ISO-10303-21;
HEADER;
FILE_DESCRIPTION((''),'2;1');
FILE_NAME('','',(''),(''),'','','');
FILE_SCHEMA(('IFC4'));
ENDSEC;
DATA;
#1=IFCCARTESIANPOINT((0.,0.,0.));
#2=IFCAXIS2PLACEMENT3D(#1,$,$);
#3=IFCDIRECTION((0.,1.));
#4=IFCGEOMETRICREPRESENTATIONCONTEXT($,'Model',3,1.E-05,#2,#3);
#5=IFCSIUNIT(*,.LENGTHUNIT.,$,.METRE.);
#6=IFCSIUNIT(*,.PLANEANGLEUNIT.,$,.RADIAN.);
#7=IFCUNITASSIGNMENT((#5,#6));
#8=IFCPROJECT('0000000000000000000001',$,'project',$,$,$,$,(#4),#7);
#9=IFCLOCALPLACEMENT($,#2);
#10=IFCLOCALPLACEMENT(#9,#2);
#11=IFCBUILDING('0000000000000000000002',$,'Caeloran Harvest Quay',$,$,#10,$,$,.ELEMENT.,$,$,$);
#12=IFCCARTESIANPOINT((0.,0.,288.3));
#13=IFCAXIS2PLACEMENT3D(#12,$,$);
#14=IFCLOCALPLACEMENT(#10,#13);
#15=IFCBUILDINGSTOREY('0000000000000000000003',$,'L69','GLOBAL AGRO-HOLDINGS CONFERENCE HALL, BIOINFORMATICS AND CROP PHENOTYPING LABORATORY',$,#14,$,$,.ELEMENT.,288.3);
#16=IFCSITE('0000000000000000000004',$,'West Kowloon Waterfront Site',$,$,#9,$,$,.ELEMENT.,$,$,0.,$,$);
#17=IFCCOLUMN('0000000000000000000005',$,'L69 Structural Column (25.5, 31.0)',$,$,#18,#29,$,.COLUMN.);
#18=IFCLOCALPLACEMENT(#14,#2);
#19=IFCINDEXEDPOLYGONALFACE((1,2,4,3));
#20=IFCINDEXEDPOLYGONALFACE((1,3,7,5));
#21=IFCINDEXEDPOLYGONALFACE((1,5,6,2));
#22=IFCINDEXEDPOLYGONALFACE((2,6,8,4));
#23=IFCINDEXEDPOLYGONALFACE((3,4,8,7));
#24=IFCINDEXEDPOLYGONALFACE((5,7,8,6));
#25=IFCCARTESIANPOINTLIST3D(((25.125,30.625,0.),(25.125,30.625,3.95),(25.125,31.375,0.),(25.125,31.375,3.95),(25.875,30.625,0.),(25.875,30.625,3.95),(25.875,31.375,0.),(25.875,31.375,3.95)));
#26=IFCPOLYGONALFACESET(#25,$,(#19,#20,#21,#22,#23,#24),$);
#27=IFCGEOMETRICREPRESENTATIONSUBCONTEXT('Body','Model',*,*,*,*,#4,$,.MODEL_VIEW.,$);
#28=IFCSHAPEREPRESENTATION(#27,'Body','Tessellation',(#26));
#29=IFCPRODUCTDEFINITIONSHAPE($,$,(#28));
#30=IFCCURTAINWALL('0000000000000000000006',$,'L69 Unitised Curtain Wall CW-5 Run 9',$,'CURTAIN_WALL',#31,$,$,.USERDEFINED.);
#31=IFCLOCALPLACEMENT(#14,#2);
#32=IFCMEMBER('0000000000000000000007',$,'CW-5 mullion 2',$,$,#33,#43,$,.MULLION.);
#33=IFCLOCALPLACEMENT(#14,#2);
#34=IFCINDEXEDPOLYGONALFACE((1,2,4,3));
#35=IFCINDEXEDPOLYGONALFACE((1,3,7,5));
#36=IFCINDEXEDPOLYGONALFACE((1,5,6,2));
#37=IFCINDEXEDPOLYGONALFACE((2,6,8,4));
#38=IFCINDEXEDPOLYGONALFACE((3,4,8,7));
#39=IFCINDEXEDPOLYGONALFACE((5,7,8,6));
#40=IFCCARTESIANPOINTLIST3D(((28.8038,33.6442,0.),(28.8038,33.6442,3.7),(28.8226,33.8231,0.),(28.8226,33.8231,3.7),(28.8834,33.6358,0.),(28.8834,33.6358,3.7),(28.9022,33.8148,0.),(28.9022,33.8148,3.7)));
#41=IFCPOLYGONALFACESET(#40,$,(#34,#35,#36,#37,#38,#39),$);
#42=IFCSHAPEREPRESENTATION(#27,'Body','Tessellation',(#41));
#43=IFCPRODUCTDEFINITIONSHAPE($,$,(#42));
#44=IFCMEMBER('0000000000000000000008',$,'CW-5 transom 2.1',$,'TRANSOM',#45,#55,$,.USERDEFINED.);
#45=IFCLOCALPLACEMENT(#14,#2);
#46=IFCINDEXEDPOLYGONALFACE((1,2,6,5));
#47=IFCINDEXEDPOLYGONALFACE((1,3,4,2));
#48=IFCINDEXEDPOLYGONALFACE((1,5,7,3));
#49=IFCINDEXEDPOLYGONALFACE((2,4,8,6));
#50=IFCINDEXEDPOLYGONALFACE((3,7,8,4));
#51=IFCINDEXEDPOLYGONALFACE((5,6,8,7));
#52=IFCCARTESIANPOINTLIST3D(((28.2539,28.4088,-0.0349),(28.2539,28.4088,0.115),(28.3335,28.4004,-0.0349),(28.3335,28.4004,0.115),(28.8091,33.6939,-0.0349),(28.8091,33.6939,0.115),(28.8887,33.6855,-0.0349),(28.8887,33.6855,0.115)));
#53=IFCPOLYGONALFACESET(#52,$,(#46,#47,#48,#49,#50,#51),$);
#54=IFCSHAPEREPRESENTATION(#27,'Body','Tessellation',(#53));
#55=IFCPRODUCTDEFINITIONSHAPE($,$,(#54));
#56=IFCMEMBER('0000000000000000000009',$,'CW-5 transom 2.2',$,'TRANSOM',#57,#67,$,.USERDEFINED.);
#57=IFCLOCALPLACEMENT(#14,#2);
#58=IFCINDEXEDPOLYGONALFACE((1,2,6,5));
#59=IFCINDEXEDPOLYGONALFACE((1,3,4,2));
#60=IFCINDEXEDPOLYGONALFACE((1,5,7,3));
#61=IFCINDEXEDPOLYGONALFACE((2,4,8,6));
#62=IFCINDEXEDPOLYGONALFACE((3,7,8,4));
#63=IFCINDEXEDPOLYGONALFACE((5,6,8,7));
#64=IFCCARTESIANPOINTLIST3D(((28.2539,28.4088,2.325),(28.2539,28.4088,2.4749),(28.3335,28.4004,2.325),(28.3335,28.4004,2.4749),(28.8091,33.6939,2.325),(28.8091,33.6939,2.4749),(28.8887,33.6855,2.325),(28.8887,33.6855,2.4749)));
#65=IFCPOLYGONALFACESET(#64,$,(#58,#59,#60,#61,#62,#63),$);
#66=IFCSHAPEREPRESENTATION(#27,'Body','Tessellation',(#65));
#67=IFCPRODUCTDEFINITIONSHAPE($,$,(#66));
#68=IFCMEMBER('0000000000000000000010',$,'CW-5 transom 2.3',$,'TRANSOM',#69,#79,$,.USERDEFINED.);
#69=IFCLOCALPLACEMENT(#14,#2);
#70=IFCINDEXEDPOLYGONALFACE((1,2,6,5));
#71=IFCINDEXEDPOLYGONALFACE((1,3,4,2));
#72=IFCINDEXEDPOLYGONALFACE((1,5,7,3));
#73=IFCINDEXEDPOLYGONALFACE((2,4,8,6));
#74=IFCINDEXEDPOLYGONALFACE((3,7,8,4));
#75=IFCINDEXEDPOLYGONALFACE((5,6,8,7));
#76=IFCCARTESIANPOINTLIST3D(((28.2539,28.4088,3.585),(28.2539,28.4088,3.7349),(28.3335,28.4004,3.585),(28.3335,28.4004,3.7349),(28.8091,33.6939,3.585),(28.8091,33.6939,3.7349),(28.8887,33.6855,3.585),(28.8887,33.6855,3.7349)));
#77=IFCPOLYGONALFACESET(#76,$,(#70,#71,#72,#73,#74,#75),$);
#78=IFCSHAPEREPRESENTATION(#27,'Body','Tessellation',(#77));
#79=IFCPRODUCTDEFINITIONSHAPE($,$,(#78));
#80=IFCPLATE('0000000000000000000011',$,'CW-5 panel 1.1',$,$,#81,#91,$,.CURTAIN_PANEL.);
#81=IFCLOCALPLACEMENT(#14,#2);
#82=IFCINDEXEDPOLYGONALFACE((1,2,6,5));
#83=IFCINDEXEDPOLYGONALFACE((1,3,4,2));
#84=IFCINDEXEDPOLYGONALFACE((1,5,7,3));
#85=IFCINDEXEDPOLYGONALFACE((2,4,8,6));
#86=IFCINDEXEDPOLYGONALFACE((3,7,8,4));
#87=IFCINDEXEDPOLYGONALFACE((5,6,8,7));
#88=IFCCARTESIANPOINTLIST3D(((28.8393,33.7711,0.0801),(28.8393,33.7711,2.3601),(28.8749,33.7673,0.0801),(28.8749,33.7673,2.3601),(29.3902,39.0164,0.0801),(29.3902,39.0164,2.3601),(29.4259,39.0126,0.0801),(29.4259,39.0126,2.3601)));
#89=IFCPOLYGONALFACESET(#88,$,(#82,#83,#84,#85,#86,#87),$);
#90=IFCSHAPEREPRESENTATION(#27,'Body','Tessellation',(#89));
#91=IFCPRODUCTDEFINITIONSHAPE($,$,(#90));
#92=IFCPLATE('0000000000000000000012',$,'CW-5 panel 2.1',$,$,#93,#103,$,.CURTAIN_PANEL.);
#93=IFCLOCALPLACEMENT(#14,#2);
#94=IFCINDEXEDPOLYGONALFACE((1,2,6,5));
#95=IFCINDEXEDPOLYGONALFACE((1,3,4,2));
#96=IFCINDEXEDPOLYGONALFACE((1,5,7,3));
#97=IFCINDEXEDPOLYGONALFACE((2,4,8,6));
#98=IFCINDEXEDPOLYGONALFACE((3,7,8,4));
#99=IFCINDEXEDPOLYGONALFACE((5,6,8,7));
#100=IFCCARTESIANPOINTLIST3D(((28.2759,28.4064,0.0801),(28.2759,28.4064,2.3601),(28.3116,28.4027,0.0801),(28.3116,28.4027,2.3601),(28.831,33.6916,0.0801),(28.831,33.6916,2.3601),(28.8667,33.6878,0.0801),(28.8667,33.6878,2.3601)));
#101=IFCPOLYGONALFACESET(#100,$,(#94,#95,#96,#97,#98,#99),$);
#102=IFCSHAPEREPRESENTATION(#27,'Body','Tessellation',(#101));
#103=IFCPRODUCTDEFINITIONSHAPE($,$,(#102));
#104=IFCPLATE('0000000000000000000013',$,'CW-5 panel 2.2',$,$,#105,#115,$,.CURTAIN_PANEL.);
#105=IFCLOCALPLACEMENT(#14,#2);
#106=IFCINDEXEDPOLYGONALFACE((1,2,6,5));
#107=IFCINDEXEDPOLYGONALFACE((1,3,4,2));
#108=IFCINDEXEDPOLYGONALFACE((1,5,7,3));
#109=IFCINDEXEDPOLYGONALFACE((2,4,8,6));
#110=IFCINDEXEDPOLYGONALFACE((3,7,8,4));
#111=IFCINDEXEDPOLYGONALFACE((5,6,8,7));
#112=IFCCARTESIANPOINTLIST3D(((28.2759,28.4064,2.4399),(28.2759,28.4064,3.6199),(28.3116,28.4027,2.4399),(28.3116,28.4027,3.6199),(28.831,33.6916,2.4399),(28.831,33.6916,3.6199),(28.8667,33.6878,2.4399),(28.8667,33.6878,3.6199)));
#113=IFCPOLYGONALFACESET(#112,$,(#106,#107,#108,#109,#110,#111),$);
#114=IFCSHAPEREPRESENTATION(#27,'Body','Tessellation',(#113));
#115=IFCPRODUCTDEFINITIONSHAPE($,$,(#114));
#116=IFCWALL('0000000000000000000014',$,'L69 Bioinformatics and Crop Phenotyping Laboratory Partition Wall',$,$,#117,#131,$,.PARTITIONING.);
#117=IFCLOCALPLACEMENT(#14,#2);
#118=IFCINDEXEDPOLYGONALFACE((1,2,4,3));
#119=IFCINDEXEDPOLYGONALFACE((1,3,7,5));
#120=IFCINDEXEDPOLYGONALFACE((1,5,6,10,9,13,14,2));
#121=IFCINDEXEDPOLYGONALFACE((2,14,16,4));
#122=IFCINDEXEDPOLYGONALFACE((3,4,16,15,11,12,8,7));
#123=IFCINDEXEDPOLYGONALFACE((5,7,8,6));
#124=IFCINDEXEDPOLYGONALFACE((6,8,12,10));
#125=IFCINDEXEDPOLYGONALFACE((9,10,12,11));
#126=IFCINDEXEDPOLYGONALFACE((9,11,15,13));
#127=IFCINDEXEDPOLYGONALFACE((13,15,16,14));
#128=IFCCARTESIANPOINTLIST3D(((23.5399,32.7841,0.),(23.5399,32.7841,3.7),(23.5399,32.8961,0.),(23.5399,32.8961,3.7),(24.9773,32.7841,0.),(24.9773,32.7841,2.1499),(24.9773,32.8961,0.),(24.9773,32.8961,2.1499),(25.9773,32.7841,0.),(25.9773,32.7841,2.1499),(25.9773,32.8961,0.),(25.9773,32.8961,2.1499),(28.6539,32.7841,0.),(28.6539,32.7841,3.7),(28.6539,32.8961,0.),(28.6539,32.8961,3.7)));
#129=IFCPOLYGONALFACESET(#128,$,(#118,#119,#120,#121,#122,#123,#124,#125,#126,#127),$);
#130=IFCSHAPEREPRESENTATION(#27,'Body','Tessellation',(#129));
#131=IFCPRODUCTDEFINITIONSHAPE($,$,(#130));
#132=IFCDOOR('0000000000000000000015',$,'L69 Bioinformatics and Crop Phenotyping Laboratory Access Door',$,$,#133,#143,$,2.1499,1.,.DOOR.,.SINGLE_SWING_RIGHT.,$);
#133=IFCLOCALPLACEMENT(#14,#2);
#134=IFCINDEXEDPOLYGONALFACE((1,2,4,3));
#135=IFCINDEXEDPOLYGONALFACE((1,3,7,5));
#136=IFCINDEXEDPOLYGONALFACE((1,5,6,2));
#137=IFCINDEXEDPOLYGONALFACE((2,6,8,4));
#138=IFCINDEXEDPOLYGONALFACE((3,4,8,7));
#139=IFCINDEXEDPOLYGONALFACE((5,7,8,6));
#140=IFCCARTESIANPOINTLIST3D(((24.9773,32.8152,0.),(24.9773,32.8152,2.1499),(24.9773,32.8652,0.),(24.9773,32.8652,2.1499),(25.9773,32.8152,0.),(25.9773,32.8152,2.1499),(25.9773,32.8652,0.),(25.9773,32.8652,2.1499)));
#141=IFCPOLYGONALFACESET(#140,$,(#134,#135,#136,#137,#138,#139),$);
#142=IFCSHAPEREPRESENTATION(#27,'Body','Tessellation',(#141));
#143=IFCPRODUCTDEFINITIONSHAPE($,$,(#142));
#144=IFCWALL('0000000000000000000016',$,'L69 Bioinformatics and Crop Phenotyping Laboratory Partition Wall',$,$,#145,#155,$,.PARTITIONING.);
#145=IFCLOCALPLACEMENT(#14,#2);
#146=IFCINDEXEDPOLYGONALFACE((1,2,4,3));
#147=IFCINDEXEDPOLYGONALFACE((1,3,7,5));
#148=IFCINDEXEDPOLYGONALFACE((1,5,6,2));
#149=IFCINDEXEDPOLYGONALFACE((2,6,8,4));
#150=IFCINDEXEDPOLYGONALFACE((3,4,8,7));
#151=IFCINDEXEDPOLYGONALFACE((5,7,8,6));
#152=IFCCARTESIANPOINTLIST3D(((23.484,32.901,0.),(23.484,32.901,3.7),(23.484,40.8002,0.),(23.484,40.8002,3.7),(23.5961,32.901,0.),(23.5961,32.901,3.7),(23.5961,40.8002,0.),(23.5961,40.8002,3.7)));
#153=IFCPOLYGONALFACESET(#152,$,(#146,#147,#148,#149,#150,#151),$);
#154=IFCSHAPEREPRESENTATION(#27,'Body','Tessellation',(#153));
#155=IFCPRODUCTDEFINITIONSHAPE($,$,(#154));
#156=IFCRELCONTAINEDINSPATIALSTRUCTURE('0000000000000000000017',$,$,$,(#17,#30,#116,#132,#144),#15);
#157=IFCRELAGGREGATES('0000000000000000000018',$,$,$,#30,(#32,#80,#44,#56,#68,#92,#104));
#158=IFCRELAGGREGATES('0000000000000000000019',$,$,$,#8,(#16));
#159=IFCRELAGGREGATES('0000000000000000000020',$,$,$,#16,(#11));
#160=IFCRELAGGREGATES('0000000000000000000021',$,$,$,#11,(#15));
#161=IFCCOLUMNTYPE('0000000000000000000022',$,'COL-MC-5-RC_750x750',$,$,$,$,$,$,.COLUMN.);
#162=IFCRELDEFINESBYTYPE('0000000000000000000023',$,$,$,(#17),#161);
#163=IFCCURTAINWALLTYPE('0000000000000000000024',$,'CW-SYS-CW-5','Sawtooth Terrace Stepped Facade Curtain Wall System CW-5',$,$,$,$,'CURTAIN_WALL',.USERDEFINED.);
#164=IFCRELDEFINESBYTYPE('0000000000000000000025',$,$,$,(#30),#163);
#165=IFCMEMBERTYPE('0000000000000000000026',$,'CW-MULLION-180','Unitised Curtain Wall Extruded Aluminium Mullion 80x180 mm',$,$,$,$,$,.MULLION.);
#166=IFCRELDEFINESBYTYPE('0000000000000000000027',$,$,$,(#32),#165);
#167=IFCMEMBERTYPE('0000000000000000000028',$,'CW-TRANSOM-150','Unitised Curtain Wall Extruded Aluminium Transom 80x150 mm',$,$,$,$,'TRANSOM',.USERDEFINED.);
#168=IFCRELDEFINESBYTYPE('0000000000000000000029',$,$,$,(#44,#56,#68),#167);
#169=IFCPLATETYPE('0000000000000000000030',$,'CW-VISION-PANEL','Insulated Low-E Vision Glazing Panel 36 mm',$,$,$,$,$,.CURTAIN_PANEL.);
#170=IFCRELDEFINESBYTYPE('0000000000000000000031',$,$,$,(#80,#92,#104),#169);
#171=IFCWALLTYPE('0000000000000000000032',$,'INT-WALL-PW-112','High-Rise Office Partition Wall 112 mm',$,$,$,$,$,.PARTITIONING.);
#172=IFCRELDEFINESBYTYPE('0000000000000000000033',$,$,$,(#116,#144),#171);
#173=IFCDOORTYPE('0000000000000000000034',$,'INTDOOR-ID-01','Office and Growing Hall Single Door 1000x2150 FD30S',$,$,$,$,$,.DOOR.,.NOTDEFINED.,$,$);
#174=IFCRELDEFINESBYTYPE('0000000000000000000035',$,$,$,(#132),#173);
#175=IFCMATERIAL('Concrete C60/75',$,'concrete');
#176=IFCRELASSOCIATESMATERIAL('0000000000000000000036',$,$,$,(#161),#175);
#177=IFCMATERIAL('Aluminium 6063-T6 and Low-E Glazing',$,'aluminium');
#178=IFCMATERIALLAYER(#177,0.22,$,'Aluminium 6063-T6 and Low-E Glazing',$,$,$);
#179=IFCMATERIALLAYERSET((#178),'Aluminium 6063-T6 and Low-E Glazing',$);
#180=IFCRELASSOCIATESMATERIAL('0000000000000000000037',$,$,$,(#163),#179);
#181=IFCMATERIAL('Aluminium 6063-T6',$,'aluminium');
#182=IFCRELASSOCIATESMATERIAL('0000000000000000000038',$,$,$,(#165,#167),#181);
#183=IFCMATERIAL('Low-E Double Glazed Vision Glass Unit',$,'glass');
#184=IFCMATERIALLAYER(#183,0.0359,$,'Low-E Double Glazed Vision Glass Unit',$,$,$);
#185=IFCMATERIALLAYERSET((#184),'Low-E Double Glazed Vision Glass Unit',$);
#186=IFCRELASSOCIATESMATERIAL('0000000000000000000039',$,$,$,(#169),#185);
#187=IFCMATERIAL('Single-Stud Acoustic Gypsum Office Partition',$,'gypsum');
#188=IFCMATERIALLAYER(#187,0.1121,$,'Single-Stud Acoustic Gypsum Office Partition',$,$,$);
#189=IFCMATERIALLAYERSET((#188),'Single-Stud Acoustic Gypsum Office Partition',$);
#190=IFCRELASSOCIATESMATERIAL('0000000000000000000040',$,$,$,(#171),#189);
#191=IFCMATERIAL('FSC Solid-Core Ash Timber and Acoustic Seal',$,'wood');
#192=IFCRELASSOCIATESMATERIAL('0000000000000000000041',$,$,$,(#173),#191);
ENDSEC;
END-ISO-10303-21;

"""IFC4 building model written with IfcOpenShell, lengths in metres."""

from ifc_helpers import new_model, si_unit, direction, frame, frame_2d, origin, origin_2d, place, context, subcontext, project, spatial, rectangle, extrude, material, layer, layer_set, material_profile, profile_set, type_object, element, fill, aggregate, save


model = new_model("IFC4")

# Units and contexts
model_context = context("Model", 3, precision=1e-05, world=origin(), true_north=direction((0.0, 1.0)))
body_context = subcontext(model_context, "Body", "Model", "MODEL_VIEW")
ifc_project = project(units=[si_unit("LENGTHUNIT", "METRE"), si_unit("PLANEANGLEUNIT", "RADIAN")], contexts=[model_context])

# Site, building, storey
site_placement = place(None, origin())
site = spatial("IfcSite", under=ifc_project, at=site_placement, Name="West Kowloon Waterfront Site", CompositionType="ELEMENT", RefElevation=0.0)
building_placement = place(site_placement, origin())
building = spatial("IfcBuilding", under=site, at=building_placement, Name="Caeloran Harvest Quay", CompositionType="ELEMENT")
storey_placement = place(building_placement, frame((0.0, 0.0, 288.3)))
storey = spatial("IfcBuildingStorey", under=building, at=storey_placement, Name="L69", Description="GLOBAL AGRO-HOLDINGS CONFERENCE HALL, BIOINFORMATICS AND CROP PHENOTYPING LABORATORY", CompositionType="ELEMENT", Elevation=288.3)

# Column
ifc_material_1 = material(Name="Concrete C60/75", Category="concrete")
ifc_material_profile_1 = material_profile(ifc_material_1, rectangle(XDim=0.75, YDim=0.75, at=origin_2d()), Name="RC 750x750")
ifc_profile_set_1 = profile_set([ifc_material_profile_1], Name="Concrete C60/75")
column_type = type_object("IfcColumnType", Name="COL-MC-5-RC_750x750", PredefinedType="COLUMN", material=ifc_profile_set_1)
column_placement = place(storey_placement, frame((25.5, 31.0, 0.0), z_axis=(0.0, 0.0, 1.0), x_axis=(1.0, 0.0, 0.0)))
element("IfcColumn", 1, at=column_placement, inside=storey, type_object=column_type, Name="L69 Structural Column (25.5, 31.0)", PredefinedType="COLUMN", context=body_context, shape_type="SweptSolid", body=[
    extrude(rectangle(XDim=0.75, YDim=0.75, at=origin_2d()), origin(), (0.0, 0.0, 1.0), 3.95),
])

# Curtain wall, members, plates
ifc_material_2 = material(Name="Aluminium 6063-T6 and Low-E Glazing", Category="aluminium")
ifc_layer_1 = layer(ifc_material_2, 0.22, Name="Aluminium 6063-T6 and Low-E Glazing")
ifc_layer_set_1 = layer_set([ifc_layer_1], Name="Aluminium 6063-T6 and Low-E Glazing")
curtain_wall_type = type_object("IfcCurtainWallType", Name="CW-SYS-CW-5", Description="Sawtooth Terrace Stepped Facade Curtain Wall System CW-5", ElementType="CURTAIN_WALL", PredefinedType="USERDEFINED", material=ifc_layer_set_1)
curtain_wall_placement = place(storey_placement, origin())
curtain_wall = element("IfcCurtainWall", 2, at=curtain_wall_placement, inside=storey, type_object=curtain_wall_type, Name="L69 Unitised Curtain Wall CW-5 Run 9", ObjectType="CURTAIN_WALL", PredefinedType="USERDEFINED")
ifc_material_3 = material(Name="Aluminium 6063-T6", Category="aluminium")
ifc_material_profile_2 = material_profile(ifc_material_3, rectangle(XDim=0.0801, YDim=0.1799, at=origin_2d()), Name="CW-MULLION-180")
ifc_profile_set_2 = profile_set([ifc_material_profile_2], Name="Aluminium 6063-T6")
member_type_1 = type_object("IfcMemberType", Name="CW-MULLION-180", Description="Unitised Curtain Wall Extruded Aluminium Mullion 80x180 mm", PredefinedType="MULLION", material=ifc_profile_set_2)
member_1_placement = place(storey_placement, frame((28.853, 33.7295, 0.0), z_axis=(0.0, 0.0, 1.0), x_axis=(0.994529, -0.10446, 0.0)))
member_1 = element("IfcMember", 3, at=member_1_placement, type_object=member_type_1, Name="CW-5 mullion 2", PredefinedType="MULLION", context=body_context, shape_type="SweptSolid", body=[
    extrude(rectangle(XDim=0.0801, YDim=0.1799, at=origin_2d()), origin(), (0.0, 0.0, 1.0), 3.7),
])
ifc_material_profile_3 = material_profile(ifc_material_3, rectangle(XDim=0.0801, YDim=0.1499, at=origin_2d()), Name="CW-TRANSOM-150")
ifc_profile_set_3 = profile_set([ifc_material_profile_3], Name="Aluminium 6063-T6")
member_type_2 = type_object("IfcMemberType", Name="CW-TRANSOM-150", Description="Unitised Curtain Wall Extruded Aluminium Transom 80x150 mm", ElementType="TRANSOM", PredefinedType="USERDEFINED", material=ifc_profile_set_3)
member_2_placement = place(storey_placement, frame((28.8489, 33.6897, 0.04), z_axis=(-0.10447, -0.994528, 0.0), x_axis=(0.994528, -0.10447, 0.0)))
member_2 = element("IfcMember", 4, at=member_2_placement, type_object=member_type_2, Name="CW-5 transom 2.1", ObjectType="TRANSOM", PredefinedType="USERDEFINED", context=body_context, shape_type="SweptSolid", body=[
    extrude(rectangle(XDim=0.0801, YDim=0.1499, at=origin_2d()), origin(), (0.0, 0.0, 1.0), 5.3142),
])
member_3_placement = place(storey_placement, frame((28.8489, 33.6897, 2.3999), z_axis=(-0.10447, -0.994528, 0.0), x_axis=(0.994528, -0.10447, 0.0)))
member_3 = element("IfcMember", 5, at=member_3_placement, type_object=member_type_2, Name="CW-5 transom 2.2", ObjectType="TRANSOM", PredefinedType="USERDEFINED", context=body_context, shape_type="SweptSolid", body=[
    extrude(rectangle(XDim=0.0801, YDim=0.1499, at=origin_2d()), origin(), (0.0, 0.0, 1.0), 5.3142),
])
member_4_placement = place(storey_placement, frame((28.8489, 33.6897, 3.6599), z_axis=(-0.10447, -0.994528, 0.0), x_axis=(0.994528, -0.10447, 0.0)))
member_4 = element("IfcMember", 6, at=member_4_placement, type_object=member_type_2, Name="CW-5 transom 2.3", ObjectType="TRANSOM", PredefinedType="USERDEFINED", context=body_context, shape_type="SweptSolid", body=[
    extrude(rectangle(XDim=0.0801, YDim=0.1499, at=origin_2d()), origin(), (0.0, 0.0, 1.0), 5.3142),
])
ifc_material_4 = material(Name="Low-E Double Glazed Vision Glass Unit", Category="glass")
ifc_layer_2 = layer(ifc_material_4, 0.0359, Name="Low-E Double Glazed Vision Glass Unit")
ifc_layer_set_2 = layer_set([ifc_layer_2], Name="Low-E Double Glazed Vision Glass Unit")
plate_type = type_object("IfcPlateType", Name="CW-VISION-PANEL", Description="Insulated Low-E Vision Glazing Panel 36 mm", PredefinedType="CURTAIN_PANEL", material=ifc_layer_set_2)
plate_1_placement = place(storey_placement, frame((29.1326, 36.3918, 0.0801), z_axis=(0.0, 0.0, 1.0), x_axis=(-0.10446, -0.994529, 0.0)))
plate_1 = element("IfcPlate", 7, at=plate_1_placement, type_object=plate_type, Name="CW-5 panel 1.1", PredefinedType="CURTAIN_PANEL", context=body_context, shape_type="SweptSolid", body=[
    extrude(rectangle(XDim=5.2742, YDim=0.0359, at=origin_2d()), origin(), (0.0, 0.0, 1.0), 2.28),
])
plate_2_placement = place(storey_placement, frame((28.5713, 31.0471, 0.0801), z_axis=(0.0, 0.0, 1.0), x_axis=(-0.10446, -0.994529, 0.0)))
plate_2 = element("IfcPlate", 8, at=plate_2_placement, type_object=plate_type, Name="CW-5 panel 2.1", PredefinedType="CURTAIN_PANEL", context=body_context, shape_type="SweptSolid", body=[
    extrude(rectangle(XDim=5.3142, YDim=0.0359, at=origin_2d()), origin(), (0.0, 0.0, 1.0), 2.28),
])
plate_3_placement = place(storey_placement, frame((28.5713, 31.0471, 2.4399), z_axis=(0.0, 0.0, 1.0), x_axis=(-0.10446, -0.994529, 0.0)))
plate_3 = element("IfcPlate", 9, at=plate_3_placement, type_object=plate_type, Name="CW-5 panel 2.2", PredefinedType="CURTAIN_PANEL", context=body_context, shape_type="SweptSolid", body=[
    extrude(rectangle(XDim=5.3142, YDim=0.0359, at=origin_2d()), origin(), (0.0, 0.0, 1.0), 1.1799),
])
aggregate(curtain_wall, [member_1, plate_1, member_2, member_3, member_4, plate_2, plate_3])

# Wall, opening, door
ifc_material_5 = material(Name="Single-Stud Acoustic Gypsum Office Partition", Category="gypsum")
ifc_layer_3 = layer(ifc_material_5, 0.1121, Name="Single-Stud Acoustic Gypsum Office Partition")
ifc_layer_set_3 = layer_set([ifc_layer_3], Name="Single-Stud Acoustic Gypsum Office Partition")
wall_type_1 = type_object("IfcWallType", Name="INT-WALL-PW-112", Description="High-Rise Office Partition Wall 112 mm", PredefinedType="PARTITIONING", material=ifc_layer_set_3)
wall_1_placement = place(storey_placement, frame((28.6541, 32.8401, 0.0), z_axis=(0.0, 0.0, 1.0), x_axis=(-1.0, 0.0, 0.0)))
wall_1 = element("IfcWall", 10, at=wall_1_placement, inside=storey, type_object=wall_type_1, Name="L69 Bioinformatics and Crop Phenotyping Laboratory Partition Wall", PredefinedType="PARTITIONING", context=body_context, shape_type="SweptSolid", body=[
    extrude(rectangle(XDim=5.114, YDim=0.1121, at=frame_2d((2.5571, 0.0))), origin(), (0.0, 0.0, 1.0), 3.7),
])
opening_1_placement = place(wall_1_placement, frame((2.6768, 0.0, 0.0)))
opening_1 = element("IfcOpeningElement", 11, at=opening_1_placement, cuts=wall_1, PredefinedType="OPENING", context=body_context, shape_type="SweptSolid", body=[
    extrude(rectangle(XDim=1.0, YDim=2.1499, at=frame_2d((0.5, 1.075))), frame((0.0, 0.0659, 0.0), z_axis=(0.0, -1.0, 0.0), x_axis=(1.0, 0.0, 0.0)), (0.0, 0.0, 1.0), 0.1321),
])
ifc_material_6 = material(Name="FSC Solid-Core Ash Timber and Acoustic Seal", Category="wood")
door_type_1 = type_object("IfcDoorType", Name="INTDOOR-ID-01", Description="Office and Growing Hall Single Door 1000x2150 FD30S", OperationType="NOTDEFINED", PredefinedType="DOOR", material=ifc_material_6)
door_1_placement = place(opening_1_placement, origin())
door_1 = element("IfcDoor", 12, at=door_1_placement, inside=storey, type_object=door_type_1, Name="L69 Bioinformatics and Crop Phenotyping Laboratory Access Door", OperationType="SINGLE_SWING_RIGHT", OverallHeight=2.1499, OverallWidth=1.0, PredefinedType="DOOR", context=body_context, shape_type="SweptSolid", body=[
    extrude(rectangle(XDim=1.0, YDim=2.1499, at=frame_2d((0.5, 1.075))), frame((0.0, 0.0249, 0.0), z_axis=(0.0, -1.0, 0.0), x_axis=(1.0, 0.0, 0.0)), (0.0, 0.0, 1.0), 0.05),
])
fill(opening_1, door_1)

# Wall
wall_2_placement = place(storey_placement, frame((23.54, 32.9009, 0.0), z_axis=(0.0, 0.0, 1.0), x_axis=(0.0, 1.0, 0.0)))
element("IfcWall", 13, at=wall_2_placement, inside=storey, type_object=wall_type_1, Name="L69 Bioinformatics and Crop Phenotyping Laboratory Partition Wall", PredefinedType="PARTITIONING", context=body_context, shape_type="SweptSolid", body=[
    extrude(rectangle(XDim=7.8992, YDim=0.1121, at=frame_2d((3.9497, 0.0))), origin(), (0.0, 0.0, 1.0), 3.7),
])

save(model, "model.ifc")
